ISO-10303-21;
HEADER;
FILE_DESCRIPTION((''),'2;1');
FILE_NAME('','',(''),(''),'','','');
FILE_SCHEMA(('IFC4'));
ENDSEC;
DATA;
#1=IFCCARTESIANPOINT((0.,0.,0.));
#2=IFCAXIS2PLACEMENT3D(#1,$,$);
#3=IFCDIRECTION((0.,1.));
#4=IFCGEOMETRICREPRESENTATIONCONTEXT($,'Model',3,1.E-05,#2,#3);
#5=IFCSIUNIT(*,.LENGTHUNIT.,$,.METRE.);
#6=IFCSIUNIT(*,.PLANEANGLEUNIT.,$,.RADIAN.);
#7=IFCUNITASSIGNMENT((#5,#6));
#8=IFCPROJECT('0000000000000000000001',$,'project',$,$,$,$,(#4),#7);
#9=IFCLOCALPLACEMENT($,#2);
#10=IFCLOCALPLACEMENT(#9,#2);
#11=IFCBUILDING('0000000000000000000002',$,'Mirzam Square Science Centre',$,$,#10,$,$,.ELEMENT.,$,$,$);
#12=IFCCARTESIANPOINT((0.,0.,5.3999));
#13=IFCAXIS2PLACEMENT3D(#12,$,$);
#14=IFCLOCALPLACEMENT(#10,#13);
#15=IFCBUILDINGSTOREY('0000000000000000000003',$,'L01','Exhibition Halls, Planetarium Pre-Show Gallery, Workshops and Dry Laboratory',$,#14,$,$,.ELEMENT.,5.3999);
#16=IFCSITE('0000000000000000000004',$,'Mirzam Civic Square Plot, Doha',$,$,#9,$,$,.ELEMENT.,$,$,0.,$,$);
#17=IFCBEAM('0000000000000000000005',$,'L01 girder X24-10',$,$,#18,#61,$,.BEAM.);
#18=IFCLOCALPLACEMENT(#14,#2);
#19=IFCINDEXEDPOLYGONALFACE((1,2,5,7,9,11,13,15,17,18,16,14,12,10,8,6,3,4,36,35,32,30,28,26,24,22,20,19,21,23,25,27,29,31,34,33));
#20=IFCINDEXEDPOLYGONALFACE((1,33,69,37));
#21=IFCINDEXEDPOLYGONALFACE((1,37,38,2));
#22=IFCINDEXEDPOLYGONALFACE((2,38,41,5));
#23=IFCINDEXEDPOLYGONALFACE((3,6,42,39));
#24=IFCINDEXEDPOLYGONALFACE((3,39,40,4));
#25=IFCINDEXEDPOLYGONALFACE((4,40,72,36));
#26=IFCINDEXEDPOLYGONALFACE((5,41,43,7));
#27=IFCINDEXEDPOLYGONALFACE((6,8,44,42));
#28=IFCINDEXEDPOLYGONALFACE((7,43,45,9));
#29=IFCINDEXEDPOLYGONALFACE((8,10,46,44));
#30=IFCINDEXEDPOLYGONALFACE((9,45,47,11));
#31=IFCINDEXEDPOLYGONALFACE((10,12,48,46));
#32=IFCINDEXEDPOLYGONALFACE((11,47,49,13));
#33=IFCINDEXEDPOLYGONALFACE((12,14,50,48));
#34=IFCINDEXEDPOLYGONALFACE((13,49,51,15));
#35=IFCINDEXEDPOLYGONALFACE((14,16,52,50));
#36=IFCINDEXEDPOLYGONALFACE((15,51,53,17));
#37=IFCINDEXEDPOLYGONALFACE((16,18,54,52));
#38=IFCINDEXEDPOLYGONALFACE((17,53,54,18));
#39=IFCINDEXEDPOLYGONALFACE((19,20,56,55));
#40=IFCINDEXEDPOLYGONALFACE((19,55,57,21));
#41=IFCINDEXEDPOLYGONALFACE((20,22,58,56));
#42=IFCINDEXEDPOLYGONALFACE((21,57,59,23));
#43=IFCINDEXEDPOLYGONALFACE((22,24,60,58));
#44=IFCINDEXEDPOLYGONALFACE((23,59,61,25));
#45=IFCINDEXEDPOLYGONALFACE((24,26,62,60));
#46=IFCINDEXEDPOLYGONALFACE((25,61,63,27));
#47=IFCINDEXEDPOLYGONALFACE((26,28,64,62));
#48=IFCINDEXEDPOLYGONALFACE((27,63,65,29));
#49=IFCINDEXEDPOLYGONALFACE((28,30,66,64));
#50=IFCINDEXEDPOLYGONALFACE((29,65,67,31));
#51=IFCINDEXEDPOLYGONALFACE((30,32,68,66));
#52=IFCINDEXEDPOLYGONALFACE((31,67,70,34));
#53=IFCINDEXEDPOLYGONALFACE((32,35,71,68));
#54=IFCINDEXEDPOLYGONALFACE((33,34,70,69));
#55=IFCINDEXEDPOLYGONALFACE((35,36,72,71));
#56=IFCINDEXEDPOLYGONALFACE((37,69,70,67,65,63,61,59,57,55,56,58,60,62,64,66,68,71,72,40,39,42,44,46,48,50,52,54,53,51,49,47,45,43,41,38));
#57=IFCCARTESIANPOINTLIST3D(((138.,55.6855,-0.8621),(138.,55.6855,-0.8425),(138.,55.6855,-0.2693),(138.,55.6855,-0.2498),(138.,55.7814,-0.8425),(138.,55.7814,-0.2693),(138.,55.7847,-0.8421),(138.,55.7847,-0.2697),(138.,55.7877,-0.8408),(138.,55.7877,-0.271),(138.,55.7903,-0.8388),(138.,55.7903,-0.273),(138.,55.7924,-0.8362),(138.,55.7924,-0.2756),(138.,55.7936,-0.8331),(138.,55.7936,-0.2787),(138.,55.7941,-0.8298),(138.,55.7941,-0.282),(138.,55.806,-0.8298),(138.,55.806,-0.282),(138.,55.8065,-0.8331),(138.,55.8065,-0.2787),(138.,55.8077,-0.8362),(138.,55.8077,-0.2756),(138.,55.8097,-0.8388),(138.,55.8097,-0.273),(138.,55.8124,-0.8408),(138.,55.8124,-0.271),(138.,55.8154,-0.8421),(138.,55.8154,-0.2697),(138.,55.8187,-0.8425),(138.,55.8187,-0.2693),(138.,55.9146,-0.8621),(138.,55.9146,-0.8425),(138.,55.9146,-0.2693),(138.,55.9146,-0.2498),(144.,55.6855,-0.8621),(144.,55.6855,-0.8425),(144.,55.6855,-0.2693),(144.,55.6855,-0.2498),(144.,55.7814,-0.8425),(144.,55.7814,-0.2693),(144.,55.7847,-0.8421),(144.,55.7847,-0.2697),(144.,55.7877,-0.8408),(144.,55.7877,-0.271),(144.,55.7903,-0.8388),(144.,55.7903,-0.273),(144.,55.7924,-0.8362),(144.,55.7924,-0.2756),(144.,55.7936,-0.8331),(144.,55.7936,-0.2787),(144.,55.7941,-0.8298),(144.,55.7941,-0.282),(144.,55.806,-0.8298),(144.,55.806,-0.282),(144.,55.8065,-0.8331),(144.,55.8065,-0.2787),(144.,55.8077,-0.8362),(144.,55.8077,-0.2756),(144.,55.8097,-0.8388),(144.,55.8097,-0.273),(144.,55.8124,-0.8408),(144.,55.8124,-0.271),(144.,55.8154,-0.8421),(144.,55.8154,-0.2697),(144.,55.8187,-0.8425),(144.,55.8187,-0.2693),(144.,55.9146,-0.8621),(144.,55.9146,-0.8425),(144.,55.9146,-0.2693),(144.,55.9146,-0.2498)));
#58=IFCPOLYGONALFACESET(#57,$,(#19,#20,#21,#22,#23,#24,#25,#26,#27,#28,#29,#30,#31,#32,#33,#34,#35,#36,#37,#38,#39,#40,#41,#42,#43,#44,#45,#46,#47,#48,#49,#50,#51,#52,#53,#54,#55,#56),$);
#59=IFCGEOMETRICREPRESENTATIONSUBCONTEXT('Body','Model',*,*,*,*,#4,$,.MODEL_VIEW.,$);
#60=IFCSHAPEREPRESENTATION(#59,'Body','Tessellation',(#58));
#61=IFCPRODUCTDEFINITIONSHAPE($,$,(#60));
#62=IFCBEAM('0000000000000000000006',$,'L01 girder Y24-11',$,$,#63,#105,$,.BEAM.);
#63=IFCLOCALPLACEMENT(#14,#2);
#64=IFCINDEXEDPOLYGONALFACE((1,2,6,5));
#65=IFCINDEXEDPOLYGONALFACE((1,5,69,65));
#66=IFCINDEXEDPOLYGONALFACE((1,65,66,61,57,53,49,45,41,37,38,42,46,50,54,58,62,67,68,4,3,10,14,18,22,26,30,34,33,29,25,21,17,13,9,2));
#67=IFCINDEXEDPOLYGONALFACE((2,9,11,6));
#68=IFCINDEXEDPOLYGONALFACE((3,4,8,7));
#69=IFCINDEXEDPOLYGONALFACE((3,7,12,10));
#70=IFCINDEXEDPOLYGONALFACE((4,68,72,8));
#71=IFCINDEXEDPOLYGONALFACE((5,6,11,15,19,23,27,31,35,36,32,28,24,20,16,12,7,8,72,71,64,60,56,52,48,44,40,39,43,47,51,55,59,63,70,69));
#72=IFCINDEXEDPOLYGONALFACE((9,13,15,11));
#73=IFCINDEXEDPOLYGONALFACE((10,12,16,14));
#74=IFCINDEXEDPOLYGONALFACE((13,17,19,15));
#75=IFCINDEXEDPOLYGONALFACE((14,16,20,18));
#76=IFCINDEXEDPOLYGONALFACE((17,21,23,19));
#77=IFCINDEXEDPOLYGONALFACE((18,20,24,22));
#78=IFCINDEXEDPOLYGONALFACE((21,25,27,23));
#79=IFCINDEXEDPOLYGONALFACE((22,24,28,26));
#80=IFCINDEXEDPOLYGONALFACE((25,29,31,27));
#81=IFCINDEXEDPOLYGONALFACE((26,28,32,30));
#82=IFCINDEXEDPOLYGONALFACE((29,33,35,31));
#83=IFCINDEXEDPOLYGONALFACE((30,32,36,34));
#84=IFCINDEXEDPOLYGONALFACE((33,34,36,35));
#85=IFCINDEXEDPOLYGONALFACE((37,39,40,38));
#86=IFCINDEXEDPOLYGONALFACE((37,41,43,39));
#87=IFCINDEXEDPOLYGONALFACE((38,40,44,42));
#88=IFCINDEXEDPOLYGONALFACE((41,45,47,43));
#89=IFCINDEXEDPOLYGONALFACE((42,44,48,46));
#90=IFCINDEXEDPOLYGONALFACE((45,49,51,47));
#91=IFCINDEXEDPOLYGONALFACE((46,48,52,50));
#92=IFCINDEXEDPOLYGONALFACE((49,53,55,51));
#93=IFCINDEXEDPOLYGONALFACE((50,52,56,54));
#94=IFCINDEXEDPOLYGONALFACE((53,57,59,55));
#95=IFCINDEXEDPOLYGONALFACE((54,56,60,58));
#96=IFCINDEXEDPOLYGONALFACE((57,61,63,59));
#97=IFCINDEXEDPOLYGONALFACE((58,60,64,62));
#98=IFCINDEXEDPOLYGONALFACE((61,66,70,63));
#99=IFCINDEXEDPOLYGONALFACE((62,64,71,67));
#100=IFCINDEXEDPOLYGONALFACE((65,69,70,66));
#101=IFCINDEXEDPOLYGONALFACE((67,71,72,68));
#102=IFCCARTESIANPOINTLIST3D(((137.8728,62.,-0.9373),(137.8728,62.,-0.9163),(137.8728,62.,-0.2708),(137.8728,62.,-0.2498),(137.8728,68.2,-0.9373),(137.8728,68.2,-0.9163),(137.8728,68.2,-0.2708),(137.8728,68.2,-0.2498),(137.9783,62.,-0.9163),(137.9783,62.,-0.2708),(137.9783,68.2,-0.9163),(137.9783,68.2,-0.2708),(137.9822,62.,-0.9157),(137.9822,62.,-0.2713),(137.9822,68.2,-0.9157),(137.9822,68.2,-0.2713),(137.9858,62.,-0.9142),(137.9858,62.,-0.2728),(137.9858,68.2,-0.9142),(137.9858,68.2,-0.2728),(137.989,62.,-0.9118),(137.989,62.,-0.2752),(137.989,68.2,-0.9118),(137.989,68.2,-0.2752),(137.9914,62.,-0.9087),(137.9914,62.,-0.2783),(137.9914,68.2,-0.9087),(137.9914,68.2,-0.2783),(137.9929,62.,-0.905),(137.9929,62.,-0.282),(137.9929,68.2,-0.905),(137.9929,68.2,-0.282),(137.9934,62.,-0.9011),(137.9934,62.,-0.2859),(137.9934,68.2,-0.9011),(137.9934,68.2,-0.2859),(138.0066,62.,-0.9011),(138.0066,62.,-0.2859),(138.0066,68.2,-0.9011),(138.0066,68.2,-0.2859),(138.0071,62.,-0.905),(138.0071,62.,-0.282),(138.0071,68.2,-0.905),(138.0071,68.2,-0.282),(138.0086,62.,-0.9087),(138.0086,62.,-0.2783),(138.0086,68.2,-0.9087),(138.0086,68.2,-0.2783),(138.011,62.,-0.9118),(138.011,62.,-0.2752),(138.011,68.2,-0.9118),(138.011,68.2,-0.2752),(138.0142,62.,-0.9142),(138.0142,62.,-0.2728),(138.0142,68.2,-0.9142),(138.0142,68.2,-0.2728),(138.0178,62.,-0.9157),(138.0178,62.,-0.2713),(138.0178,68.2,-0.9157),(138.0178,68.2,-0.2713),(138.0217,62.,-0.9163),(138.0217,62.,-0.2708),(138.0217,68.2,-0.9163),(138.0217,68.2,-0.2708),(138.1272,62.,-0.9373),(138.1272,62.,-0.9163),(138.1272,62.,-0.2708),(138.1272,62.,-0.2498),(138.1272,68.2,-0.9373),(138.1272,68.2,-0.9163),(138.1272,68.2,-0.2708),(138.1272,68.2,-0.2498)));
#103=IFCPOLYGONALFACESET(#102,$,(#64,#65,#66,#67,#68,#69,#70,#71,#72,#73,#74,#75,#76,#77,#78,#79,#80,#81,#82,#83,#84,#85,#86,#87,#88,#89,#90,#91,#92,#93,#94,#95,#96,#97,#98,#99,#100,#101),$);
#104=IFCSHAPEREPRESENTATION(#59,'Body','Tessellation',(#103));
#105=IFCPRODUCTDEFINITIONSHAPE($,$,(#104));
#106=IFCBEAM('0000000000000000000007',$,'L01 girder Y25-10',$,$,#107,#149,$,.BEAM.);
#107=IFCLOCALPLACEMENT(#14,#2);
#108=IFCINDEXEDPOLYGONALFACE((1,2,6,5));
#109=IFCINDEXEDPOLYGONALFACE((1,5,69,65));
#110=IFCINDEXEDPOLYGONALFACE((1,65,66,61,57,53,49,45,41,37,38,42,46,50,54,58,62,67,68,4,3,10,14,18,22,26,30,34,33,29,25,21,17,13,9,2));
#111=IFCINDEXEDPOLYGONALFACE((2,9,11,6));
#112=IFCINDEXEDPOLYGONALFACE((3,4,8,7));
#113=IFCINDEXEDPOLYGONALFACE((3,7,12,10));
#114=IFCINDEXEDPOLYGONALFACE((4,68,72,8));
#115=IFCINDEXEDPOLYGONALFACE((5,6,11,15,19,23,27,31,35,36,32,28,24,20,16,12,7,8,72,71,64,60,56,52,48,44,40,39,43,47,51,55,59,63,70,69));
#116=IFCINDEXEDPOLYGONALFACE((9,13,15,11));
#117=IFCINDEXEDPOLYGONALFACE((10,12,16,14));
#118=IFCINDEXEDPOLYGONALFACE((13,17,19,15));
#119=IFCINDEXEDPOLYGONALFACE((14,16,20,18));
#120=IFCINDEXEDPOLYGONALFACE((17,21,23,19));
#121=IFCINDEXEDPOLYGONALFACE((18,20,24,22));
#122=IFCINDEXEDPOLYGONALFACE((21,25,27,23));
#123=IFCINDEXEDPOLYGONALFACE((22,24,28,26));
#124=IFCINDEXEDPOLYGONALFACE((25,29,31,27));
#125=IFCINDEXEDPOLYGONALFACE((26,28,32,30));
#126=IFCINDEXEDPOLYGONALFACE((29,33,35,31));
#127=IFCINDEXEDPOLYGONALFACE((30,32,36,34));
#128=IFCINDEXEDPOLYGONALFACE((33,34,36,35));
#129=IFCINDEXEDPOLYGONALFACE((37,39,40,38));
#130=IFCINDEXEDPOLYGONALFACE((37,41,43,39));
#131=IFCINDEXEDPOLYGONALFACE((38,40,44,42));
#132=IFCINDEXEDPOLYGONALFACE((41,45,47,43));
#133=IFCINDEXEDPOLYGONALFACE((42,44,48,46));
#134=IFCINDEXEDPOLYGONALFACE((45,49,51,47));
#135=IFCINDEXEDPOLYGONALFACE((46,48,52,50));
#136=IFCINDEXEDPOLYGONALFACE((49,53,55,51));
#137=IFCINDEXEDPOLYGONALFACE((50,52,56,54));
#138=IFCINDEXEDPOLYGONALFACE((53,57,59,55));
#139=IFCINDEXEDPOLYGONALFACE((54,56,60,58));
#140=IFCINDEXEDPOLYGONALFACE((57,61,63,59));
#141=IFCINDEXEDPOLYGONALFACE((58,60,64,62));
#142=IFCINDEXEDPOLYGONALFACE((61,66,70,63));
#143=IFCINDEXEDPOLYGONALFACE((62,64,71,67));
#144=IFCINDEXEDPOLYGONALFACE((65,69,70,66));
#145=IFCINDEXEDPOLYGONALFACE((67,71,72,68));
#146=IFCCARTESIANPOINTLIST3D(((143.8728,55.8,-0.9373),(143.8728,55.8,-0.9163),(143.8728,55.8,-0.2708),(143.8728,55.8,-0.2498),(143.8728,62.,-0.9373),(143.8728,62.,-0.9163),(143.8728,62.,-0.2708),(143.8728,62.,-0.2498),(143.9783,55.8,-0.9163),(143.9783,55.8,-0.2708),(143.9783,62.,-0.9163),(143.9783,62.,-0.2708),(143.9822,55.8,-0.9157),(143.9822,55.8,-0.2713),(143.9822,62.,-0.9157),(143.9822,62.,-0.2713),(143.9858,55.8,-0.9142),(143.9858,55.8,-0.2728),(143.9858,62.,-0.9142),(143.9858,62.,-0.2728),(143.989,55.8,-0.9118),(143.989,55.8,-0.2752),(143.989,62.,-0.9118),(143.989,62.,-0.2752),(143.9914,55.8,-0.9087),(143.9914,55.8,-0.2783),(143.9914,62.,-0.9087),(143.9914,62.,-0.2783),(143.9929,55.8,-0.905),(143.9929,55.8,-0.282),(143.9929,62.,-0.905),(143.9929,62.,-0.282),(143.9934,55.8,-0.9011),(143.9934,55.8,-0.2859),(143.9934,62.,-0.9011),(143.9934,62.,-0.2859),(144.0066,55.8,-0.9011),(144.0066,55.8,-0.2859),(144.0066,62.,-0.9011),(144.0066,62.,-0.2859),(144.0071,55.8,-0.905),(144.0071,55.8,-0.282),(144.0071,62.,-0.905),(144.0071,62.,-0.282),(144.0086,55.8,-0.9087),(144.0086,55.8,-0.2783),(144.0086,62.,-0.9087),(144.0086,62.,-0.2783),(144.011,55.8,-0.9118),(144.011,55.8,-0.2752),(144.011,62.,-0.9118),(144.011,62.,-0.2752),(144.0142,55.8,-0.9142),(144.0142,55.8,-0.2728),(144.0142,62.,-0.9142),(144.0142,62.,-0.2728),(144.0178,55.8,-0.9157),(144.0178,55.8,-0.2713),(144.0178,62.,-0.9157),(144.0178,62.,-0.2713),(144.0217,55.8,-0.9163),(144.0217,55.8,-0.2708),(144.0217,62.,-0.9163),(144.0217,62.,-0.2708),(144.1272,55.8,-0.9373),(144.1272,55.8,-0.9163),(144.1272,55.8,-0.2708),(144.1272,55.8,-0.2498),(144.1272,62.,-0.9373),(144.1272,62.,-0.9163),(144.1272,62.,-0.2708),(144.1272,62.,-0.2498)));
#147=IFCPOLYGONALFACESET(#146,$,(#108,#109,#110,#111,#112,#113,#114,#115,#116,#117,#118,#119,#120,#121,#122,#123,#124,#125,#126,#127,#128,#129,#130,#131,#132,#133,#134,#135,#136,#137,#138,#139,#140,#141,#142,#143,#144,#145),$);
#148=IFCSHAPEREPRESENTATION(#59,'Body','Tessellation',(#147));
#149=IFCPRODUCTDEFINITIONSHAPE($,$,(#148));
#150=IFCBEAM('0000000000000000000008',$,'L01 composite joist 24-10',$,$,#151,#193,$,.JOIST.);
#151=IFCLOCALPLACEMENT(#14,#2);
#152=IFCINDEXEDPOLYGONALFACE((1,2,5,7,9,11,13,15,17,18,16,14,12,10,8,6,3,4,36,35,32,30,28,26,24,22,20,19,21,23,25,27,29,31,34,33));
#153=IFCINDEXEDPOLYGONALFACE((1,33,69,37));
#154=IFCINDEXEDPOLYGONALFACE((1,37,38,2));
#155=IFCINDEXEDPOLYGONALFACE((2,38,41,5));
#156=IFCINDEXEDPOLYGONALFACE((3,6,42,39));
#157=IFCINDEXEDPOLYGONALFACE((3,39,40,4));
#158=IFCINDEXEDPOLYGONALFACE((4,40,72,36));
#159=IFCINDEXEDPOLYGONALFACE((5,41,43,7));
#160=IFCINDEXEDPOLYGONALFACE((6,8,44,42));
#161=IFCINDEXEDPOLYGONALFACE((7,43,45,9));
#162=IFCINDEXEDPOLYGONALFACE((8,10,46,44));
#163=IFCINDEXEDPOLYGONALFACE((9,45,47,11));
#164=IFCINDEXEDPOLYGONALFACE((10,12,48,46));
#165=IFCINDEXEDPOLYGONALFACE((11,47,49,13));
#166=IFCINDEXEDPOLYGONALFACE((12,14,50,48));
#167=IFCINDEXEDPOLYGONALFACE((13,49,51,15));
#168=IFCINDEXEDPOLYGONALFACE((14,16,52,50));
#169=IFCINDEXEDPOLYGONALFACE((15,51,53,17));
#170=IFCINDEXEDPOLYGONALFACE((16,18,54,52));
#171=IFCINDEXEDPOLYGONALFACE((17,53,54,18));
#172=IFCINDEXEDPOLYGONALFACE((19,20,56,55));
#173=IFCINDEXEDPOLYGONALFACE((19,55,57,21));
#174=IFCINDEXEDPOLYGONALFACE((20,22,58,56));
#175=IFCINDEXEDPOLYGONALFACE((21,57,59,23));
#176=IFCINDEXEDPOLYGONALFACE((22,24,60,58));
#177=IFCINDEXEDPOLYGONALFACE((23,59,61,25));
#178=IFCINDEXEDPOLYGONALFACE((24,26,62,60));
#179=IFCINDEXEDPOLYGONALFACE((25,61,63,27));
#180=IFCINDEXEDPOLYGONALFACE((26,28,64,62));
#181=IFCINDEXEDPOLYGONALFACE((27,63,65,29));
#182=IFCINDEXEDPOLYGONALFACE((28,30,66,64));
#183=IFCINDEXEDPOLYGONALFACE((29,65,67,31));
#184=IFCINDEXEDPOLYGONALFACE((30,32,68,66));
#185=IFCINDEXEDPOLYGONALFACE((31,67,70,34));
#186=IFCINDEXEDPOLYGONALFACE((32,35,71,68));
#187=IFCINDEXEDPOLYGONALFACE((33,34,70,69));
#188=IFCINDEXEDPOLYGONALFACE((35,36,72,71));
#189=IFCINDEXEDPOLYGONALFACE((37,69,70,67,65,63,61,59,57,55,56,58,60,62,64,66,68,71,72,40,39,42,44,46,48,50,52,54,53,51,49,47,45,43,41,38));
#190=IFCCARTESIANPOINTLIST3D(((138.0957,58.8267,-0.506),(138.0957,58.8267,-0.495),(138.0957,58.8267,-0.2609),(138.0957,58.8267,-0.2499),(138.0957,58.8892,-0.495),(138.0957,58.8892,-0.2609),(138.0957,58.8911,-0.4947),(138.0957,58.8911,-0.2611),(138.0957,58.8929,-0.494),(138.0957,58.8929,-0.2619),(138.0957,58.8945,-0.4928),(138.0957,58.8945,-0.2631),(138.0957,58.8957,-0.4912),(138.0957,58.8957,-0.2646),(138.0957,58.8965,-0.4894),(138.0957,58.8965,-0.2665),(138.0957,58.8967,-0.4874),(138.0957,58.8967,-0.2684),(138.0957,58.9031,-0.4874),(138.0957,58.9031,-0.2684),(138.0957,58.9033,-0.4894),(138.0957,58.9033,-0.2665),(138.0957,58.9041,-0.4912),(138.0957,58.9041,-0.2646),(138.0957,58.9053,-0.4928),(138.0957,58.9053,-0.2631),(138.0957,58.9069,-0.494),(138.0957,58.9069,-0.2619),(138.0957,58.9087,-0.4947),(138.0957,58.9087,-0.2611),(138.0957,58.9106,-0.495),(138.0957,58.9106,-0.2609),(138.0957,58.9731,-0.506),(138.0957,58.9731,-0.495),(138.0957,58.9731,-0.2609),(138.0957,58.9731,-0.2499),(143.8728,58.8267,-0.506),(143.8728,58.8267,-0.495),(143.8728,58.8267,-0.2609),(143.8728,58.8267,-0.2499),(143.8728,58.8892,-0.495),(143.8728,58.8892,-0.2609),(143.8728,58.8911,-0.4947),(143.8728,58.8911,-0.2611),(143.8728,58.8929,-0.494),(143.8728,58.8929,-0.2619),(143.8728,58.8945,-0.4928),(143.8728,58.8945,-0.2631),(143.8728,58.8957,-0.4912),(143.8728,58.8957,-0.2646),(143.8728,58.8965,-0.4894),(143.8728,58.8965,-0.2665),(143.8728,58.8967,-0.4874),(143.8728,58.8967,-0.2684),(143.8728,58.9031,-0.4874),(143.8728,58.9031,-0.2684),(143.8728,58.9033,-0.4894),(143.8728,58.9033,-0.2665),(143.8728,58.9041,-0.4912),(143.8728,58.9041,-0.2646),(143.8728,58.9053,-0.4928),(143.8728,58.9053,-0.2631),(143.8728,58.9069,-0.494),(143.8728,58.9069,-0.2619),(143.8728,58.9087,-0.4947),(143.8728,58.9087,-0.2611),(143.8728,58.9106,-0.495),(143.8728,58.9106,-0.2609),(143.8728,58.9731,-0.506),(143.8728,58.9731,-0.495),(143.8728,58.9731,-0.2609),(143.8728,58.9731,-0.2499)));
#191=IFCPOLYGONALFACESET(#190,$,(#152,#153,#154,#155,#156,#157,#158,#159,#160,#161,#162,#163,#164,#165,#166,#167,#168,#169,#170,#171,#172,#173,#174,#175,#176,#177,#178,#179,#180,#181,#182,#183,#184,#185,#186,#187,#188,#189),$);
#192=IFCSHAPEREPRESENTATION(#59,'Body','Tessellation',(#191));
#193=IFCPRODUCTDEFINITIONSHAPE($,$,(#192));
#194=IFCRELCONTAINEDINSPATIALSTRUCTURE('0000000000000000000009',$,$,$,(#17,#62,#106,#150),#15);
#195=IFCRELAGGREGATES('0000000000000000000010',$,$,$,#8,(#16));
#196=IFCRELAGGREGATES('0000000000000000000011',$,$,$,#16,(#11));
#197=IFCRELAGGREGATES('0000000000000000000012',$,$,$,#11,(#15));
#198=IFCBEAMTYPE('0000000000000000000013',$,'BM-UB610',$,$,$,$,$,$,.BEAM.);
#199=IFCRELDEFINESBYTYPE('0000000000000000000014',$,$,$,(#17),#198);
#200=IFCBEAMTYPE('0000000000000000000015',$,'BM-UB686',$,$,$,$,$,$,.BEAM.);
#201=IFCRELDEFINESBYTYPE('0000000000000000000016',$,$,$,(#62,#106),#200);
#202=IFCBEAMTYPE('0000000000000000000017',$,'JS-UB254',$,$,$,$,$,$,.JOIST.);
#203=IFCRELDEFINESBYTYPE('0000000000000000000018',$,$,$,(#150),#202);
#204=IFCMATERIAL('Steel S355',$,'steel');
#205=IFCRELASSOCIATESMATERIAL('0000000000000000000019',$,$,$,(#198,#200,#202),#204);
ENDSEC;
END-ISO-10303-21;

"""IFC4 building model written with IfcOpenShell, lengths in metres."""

from ifc_helpers import new_model, si_unit, direction, frame, origin, origin_2d, place, context, subcontext, project, spatial, i_section, extrude, material, material_profile, profile_set, type_object, element, save


model = new_model("IFC4")

# Units and contexts
model_context = context("Model", 3, precision=1e-05, world=origin(), true_north=direction((0.0, 1.0)))
body_context = subcontext(model_context, "Body", "Model", "MODEL_VIEW")
ifc_project = project(units=[si_unit("LENGTHUNIT", "METRE"), si_unit("PLANEANGLEUNIT", "RADIAN")], contexts=[model_context])

# Site, building, storey
site_placement = place(None, origin())
site = spatial("IfcSite", under=ifc_project, at=site_placement, Name="Mirzam Civic Square Plot, Doha", CompositionType="ELEMENT", RefElevation=0.0)
building_placement = place(site_placement, origin())
building = spatial("IfcBuilding", under=site, at=building_placement, Name="Mirzam Square Science Centre", CompositionType="ELEMENT")
storey_placement = place(building_placement, frame((0.0, 0.0, 5.3999)))
storey = spatial("IfcBuildingStorey", under=building, at=storey_placement, Name="L01", Description="Exhibition Halls, Planetarium Pre-Show Gallery, Workshops and Dry Laboratory", CompositionType="ELEMENT", Elevation=5.3999)

# Shared definitions
ifc_material = material(Name="Steel S355", Category="steel")

# Beams
ifc_material_profile_1 = material_profile(ifc_material, i_section(OverallWidth=0.229, OverallDepth=0.6123, WebThickness=0.012, FlangeThickness=0.0195, FilletRadius=0.0127, at=origin_2d()), Name="610x229x125UB")
ifc_profile_set_1 = profile_set([ifc_material_profile_1], Name="Steel S355")
beam_type_1 = type_object("IfcBeamType", Name="BM-UB610", PredefinedType="BEAM", material=ifc_profile_set_1)
beam_1_placement = place(storey_placement, frame((138.0, 55.8, -0.5559), z_axis=(1.0, 0.0, 0.0), x_axis=(0.0, 1.0, 0.0)))
element("IfcBeam", 1, at=beam_1_placement, inside=storey, type_object=beam_type_1, Name="L01 girder X24-10", PredefinedType="BEAM", context=body_context, shape_type="SweptSolid", body=[
    extrude(i_section(OverallWidth=0.229, OverallDepth=0.6123, WebThickness=0.012, FlangeThickness=0.0195, FilletRadius=0.0127, at=origin_2d()), origin(), (0.0, 0.0, 1.0), 6.0),
])
ifc_material_profile_2 = material_profile(ifc_material, i_section(OverallWidth=0.2544, OverallDepth=0.6875, WebThickness=0.0132, FlangeThickness=0.021, FilletRadius=0.0151, at=origin_2d()), Name="686x254x152UB")
ifc_profile_set_2 = profile_set([ifc_material_profile_2], Name="Steel S355")
beam_type_2 = type_object("IfcBeamType", Name="BM-UB686", PredefinedType="BEAM", material=ifc_profile_set_2)
for number, where, z_axis, x_axis, name in (
    (2, (138.0, 62.0, -0.5935), (0.0, 1.0, 0.0), (-1.0, 0.0, 0.0), "L01 girder Y24-11"),
    (3, (144.0, 55.8, -0.5935), (0.0, 1.0, 0.0), (-1.0, 0.0, 0.0), "L01 girder Y25-10"),
):
    element("IfcBeam", number, at=place(storey_placement, frame(where, z_axis=z_axis, x_axis=x_axis)), inside=storey, type_object=beam_type_2, Name=name, PredefinedType="BEAM", context=body_context, shape_type="SweptSolid", body=[
        extrude(i_section(OverallWidth=0.2544, OverallDepth=0.6875, WebThickness=0.0132, FlangeThickness=0.021, FilletRadius=0.0151, at=origin_2d()), origin(), (0.0, 0.0, 1.0), 6.2),
    ])
ifc_material_profile_3 = material_profile(ifc_material, i_section(OverallWidth=0.1465, OverallDepth=0.2561, WebThickness=0.0063, FlangeThickness=0.011, FilletRadius=0.0076, at=origin_2d()), Name="254x146x37UB")
ifc_profile_set_3 = profile_set([ifc_material_profile_3], Name="Steel S355")
beam_type_3 = type_object("IfcBeamType", Name="JS-UB254", PredefinedType="JOIST", material=ifc_profile_set_3)
for number, where, z_axis, x_axis, name in (
    (4, (138.0957, 58.8999, -0.3779), (1.0, 0.0, 0.0), (0.0, 1.0, 0.0), "L01 composite joist 24-10"),
):
    element("IfcBeam", number, at=place(storey_placement, frame(where, z_axis=z_axis, x_axis=x_axis)), inside=storey, type_object=beam_type_3, Name=name, PredefinedType="JOIST", context=body_context, shape_type="SweptSolid", body=[
        extrude(i_section(OverallWidth=0.1465, OverallDepth=0.2561, WebThickness=0.0063, FlangeThickness=0.011, FilletRadius=0.0076, at=origin_2d()), origin(), (0.0, 0.0, 1.0), 5.7771),
    ])

save(model, "model.ifc")
